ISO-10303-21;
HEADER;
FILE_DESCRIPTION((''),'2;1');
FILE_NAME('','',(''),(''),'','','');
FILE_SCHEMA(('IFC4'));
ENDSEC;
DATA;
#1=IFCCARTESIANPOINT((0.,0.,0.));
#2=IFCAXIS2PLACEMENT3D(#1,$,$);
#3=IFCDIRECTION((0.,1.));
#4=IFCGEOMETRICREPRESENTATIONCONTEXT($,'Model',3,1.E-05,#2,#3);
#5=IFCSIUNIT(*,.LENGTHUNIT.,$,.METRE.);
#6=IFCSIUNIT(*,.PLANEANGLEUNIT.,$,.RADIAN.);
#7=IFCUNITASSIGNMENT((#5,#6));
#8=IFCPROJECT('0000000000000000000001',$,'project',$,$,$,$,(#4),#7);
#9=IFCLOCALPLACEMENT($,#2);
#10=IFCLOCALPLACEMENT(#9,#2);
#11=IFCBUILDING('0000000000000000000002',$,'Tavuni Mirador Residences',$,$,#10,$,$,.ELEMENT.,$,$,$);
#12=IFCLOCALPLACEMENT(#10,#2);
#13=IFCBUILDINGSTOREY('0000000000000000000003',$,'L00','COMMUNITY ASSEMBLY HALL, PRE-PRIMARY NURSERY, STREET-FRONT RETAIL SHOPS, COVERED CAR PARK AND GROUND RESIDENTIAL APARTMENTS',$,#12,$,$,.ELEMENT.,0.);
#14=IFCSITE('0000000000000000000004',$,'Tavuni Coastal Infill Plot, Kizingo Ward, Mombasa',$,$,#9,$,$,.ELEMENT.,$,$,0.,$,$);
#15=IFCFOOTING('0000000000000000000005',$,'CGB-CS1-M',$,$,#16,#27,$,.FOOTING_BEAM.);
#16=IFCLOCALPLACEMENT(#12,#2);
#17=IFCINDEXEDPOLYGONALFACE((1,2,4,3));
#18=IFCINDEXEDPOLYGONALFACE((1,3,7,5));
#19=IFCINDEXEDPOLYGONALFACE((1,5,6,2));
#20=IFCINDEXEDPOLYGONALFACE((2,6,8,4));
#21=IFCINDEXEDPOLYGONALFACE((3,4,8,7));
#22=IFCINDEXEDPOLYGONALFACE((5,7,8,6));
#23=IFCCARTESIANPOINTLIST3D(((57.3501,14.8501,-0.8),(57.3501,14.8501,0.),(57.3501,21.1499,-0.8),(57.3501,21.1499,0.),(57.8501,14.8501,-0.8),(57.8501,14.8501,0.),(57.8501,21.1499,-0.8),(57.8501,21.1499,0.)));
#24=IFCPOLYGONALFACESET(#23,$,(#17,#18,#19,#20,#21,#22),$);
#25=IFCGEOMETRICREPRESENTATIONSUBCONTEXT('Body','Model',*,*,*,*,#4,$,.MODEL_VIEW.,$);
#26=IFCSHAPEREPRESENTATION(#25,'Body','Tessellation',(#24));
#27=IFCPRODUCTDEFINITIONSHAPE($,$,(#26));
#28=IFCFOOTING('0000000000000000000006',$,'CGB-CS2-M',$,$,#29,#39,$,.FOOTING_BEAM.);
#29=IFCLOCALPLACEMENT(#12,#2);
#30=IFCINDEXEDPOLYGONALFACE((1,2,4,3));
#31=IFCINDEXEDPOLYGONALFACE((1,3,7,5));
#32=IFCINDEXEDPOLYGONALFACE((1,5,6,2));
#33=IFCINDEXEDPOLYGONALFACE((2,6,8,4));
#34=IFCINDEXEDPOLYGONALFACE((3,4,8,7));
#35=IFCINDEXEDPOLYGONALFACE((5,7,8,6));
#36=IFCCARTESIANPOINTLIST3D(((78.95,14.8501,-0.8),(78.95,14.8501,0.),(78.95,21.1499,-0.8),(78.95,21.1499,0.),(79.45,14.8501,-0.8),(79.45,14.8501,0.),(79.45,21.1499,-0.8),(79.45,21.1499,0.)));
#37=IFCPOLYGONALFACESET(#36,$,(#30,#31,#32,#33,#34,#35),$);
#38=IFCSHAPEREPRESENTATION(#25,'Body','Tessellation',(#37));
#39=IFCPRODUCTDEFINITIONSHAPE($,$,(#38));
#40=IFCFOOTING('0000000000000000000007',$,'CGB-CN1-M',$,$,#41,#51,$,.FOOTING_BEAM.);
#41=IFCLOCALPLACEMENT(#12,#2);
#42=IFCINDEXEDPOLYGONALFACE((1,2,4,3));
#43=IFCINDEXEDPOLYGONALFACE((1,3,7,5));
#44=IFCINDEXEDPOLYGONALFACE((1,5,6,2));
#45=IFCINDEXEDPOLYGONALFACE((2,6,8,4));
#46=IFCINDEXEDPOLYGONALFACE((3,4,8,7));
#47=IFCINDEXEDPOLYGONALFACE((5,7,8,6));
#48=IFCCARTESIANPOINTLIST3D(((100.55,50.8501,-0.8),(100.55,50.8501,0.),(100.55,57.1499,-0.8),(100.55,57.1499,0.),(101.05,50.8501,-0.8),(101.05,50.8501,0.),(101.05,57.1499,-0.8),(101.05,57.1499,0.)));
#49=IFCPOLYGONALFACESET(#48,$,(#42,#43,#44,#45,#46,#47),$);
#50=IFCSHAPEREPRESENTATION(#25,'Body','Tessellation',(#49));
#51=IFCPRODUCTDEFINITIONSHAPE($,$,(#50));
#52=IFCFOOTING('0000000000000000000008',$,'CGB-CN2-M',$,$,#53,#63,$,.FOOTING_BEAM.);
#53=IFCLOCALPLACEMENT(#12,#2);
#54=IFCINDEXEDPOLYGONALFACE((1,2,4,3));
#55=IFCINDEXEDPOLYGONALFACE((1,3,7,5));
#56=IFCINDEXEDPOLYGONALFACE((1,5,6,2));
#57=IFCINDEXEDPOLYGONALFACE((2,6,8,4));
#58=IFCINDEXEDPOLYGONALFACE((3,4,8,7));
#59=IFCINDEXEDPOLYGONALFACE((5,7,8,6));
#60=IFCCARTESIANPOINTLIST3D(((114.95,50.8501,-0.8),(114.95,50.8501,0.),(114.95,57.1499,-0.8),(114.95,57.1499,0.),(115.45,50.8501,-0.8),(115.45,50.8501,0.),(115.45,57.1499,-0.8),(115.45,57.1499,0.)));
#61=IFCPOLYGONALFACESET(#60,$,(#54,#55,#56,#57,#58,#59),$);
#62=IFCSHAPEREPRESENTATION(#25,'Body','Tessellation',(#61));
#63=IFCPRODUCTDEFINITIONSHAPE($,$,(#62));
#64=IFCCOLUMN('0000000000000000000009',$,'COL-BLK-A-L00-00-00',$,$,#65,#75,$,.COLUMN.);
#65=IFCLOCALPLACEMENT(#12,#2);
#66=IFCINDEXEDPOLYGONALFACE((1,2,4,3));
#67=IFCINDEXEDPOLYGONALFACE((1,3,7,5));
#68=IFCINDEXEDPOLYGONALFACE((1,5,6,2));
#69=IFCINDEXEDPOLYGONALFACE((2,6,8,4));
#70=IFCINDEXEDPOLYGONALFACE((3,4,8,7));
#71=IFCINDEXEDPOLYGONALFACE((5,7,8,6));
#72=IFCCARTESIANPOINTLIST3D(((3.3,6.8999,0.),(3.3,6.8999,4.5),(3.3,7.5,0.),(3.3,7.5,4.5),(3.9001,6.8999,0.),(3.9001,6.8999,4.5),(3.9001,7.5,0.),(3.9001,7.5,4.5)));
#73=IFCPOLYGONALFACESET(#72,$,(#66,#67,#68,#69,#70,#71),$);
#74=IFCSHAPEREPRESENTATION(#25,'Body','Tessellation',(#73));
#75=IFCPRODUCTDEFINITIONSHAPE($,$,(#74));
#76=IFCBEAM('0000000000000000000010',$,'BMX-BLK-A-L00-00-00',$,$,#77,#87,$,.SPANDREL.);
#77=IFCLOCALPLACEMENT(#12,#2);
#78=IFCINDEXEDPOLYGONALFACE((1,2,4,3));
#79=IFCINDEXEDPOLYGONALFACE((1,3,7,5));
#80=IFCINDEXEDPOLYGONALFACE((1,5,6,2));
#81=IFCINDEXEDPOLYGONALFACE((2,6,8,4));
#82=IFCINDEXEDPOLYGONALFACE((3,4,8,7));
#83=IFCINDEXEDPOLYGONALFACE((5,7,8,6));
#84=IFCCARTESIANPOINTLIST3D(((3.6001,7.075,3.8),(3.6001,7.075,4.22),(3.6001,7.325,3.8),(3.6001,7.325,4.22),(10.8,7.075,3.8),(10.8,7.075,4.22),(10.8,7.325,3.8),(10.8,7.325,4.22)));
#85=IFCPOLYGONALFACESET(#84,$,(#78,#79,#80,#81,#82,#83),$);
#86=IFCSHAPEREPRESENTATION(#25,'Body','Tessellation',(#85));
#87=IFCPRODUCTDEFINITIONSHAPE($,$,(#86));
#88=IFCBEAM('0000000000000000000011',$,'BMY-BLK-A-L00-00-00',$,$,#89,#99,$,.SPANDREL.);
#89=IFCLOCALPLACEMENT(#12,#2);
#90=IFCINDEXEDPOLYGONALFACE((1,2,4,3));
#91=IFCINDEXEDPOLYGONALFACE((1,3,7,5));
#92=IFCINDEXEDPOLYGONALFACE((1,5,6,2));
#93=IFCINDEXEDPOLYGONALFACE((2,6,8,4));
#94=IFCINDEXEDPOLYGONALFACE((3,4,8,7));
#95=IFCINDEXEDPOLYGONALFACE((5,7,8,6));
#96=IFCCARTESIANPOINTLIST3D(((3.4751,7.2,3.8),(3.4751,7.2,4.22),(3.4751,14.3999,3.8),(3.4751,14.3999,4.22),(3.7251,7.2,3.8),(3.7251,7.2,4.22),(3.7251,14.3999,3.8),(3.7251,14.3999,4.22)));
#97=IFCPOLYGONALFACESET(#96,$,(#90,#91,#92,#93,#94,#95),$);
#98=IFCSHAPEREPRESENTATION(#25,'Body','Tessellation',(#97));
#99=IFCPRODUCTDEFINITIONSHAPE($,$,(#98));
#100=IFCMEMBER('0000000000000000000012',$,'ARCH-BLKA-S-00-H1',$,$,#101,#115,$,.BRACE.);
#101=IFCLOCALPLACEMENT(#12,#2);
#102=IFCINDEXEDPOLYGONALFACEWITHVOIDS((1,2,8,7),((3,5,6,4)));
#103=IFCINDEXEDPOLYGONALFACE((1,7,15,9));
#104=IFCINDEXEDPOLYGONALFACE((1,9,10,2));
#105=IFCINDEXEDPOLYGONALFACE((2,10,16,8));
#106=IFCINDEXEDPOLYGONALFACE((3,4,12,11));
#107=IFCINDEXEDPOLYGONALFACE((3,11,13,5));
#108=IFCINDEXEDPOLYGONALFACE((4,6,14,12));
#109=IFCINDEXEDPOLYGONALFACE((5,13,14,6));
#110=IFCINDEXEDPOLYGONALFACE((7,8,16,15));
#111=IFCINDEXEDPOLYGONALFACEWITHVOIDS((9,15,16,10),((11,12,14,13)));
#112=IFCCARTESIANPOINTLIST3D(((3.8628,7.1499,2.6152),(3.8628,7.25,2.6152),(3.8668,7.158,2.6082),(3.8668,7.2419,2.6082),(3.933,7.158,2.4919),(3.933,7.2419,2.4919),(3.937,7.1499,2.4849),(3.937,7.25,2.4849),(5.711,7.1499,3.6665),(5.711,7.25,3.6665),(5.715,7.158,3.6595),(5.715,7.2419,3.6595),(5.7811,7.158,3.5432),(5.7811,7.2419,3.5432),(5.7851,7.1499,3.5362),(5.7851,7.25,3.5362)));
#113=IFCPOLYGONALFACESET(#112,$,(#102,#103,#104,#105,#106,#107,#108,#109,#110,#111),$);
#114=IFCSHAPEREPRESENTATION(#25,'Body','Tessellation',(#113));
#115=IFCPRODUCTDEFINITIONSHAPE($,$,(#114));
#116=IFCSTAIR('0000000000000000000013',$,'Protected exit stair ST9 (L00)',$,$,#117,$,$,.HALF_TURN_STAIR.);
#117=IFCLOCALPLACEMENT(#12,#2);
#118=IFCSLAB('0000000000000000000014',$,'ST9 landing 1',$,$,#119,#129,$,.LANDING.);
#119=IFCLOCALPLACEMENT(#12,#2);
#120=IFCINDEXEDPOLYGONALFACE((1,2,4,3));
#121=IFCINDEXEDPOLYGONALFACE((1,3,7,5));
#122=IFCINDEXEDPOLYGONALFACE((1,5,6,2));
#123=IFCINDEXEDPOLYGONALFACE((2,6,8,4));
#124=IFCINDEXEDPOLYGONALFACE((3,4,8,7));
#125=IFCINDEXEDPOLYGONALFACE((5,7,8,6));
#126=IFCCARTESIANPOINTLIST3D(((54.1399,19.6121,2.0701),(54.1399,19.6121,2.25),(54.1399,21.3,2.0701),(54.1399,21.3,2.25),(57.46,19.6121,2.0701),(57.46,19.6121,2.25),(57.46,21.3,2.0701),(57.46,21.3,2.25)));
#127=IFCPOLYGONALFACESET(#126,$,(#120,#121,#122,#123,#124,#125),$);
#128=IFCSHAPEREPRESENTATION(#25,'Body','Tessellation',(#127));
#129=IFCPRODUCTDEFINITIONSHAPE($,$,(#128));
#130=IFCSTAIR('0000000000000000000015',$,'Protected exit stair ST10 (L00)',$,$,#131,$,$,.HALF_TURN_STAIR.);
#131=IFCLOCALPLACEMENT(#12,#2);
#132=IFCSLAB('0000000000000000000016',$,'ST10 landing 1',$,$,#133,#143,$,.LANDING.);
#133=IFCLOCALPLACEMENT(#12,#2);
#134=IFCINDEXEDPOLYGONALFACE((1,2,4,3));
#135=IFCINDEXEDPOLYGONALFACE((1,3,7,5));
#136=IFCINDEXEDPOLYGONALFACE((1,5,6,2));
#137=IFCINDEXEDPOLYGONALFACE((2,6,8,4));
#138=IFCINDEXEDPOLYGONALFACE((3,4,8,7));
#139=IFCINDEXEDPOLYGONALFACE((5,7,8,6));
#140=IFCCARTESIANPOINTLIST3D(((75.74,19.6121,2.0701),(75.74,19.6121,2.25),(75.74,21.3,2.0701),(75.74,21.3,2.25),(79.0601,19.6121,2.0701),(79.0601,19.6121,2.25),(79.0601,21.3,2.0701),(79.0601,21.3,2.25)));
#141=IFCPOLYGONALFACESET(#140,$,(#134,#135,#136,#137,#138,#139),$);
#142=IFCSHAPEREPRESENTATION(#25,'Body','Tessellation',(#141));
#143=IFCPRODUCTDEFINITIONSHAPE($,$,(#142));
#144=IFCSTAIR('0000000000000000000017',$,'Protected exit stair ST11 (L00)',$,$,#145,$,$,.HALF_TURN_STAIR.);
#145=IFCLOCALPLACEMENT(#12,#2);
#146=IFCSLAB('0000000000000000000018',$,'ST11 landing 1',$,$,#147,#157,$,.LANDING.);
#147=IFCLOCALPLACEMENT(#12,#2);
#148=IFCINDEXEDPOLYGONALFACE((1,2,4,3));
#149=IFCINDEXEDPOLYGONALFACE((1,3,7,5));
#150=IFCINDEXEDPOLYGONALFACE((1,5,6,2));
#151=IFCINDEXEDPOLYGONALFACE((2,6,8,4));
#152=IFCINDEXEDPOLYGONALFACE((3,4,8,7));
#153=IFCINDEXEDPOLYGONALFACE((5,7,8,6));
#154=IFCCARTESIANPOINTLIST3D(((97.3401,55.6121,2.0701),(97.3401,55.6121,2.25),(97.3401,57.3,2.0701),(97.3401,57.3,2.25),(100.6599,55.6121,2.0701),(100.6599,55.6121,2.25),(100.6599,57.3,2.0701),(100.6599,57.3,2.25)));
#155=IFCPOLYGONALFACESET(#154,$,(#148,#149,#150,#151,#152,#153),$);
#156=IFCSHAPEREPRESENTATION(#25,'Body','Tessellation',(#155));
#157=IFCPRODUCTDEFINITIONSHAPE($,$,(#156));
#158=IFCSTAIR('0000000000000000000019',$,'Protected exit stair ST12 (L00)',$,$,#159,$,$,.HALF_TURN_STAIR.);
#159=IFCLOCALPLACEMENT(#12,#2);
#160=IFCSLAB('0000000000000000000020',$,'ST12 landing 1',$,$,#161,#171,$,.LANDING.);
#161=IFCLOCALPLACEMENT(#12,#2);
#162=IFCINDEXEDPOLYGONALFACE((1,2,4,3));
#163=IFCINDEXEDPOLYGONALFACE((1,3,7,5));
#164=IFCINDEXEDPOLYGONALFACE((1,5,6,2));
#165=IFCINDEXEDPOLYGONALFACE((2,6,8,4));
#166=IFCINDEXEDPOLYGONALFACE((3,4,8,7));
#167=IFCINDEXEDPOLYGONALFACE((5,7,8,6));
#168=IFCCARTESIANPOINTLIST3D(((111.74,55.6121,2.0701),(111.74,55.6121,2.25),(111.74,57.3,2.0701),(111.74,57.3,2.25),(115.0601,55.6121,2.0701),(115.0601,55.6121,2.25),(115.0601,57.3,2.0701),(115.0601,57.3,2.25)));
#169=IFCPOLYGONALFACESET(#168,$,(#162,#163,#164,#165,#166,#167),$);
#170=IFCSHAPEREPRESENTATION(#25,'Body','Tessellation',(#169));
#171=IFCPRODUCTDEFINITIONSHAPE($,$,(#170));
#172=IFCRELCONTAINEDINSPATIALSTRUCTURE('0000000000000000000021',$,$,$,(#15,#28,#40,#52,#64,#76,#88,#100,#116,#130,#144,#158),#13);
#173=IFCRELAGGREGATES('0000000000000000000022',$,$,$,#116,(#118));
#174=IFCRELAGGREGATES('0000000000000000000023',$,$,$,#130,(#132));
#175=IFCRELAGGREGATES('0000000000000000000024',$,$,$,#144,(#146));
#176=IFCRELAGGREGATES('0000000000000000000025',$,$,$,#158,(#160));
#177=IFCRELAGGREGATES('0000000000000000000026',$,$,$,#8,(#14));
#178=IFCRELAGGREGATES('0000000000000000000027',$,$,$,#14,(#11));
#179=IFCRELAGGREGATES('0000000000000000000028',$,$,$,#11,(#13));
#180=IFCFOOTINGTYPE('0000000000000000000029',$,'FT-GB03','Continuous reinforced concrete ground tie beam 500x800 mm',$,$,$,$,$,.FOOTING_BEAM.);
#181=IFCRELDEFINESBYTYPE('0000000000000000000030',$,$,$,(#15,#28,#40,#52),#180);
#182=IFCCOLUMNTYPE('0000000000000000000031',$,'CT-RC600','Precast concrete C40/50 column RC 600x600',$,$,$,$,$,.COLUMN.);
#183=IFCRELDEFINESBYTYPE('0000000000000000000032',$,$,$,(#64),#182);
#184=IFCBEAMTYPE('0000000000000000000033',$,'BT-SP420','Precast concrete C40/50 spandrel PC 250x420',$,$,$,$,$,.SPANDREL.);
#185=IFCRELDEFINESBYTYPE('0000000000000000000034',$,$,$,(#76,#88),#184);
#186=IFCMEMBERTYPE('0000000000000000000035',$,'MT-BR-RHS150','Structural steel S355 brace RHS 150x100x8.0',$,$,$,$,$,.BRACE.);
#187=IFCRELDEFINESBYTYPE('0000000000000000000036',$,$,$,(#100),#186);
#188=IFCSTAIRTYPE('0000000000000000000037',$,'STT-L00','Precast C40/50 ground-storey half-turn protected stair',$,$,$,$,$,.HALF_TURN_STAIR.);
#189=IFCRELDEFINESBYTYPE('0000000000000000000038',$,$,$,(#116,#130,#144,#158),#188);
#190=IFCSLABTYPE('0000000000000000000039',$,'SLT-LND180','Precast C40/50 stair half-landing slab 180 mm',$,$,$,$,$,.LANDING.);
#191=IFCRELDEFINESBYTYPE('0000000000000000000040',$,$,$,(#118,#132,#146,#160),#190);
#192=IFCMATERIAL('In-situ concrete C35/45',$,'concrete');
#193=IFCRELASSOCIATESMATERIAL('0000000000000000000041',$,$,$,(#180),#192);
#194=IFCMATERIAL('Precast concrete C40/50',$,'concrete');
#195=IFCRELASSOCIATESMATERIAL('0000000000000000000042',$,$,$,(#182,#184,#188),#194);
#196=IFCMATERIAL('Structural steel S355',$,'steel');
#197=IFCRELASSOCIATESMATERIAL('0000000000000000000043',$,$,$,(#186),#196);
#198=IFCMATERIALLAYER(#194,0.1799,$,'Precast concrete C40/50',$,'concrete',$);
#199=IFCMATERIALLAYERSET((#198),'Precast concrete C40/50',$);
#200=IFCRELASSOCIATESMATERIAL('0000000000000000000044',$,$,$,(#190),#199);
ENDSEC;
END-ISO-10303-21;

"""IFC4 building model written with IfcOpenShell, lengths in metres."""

from ifc_helpers import new_model, si_unit, direction, frame, origin, origin_2d, place, context, subcontext, project, spatial, polyline, rectangle, hollow_rectangle, outline, extrude, material, layer, layer_set, material_profile, profile_set, type_object, element, aggregate, save


model = new_model("IFC4")

# Units and contexts
model_context = context("Model", 3, precision=1e-05, world=origin(), true_north=direction((0.0, 1.0)))
body_context = subcontext(model_context, "Body", "Model", "MODEL_VIEW")
ifc_project = project(units=[si_unit("LENGTHUNIT", "METRE"), si_unit("PLANEANGLEUNIT", "RADIAN")], contexts=[model_context])

# Site, building, storey
site_placement = place(None, origin())
site = spatial("IfcSite", under=ifc_project, at=site_placement, Name="Tavuni Coastal Infill Plot, Kizingo Ward, Mombasa", CompositionType="ELEMENT", RefElevation=0.0)
building_placement = place(site_placement, origin())
building = spatial("IfcBuilding", under=site, at=building_placement, Name="Tavuni Mirador Residences", CompositionType="ELEMENT")
storey_placement = place(building_placement, origin())
storey = spatial("IfcBuildingStorey", under=building, at=storey_placement, Name="L00", Description="COMMUNITY ASSEMBLY HALL, PRE-PRIMARY NURSERY, STREET-FRONT RETAIL SHOPS, COVERED CAR PARK AND GROUND RESIDENTIAL APARTMENTS", CompositionType="ELEMENT", Elevation=0.0)

# Footings
ifc_material_1 = material(Name="In-situ concrete C35/45", Category="concrete")
footing_type = type_object("IfcFootingType", Name="FT-GB03", Description="Continuous reinforced concrete ground tie beam 500x800 mm", PredefinedType="FOOTING_BEAM", material=ifc_material_1)
footing_1_placement = place(storey_placement, frame((0.0, 0.0, -0.8)))
element("IfcFooting", 1, at=footing_1_placement, inside=storey, type_object=footing_type, Name="CGB-CS1-M", PredefinedType="FOOTING_BEAM", context=body_context, shape_type="SweptSolid", body=[
    extrude(outline(polyline([(57.3501, 14.8501), (57.8501, 14.8501), (57.8501, 21.1499), (57.3501, 21.1499), (57.3501, 14.8501)])), origin(), (0.0, 0.0, 1.0), 0.8),
])
footing_2_placement = place(storey_placement, frame((0.0, 0.0, -0.8)))
element("IfcFooting", 2, at=footing_2_placement, inside=storey, type_object=footing_type, Name="CGB-CS2-M", PredefinedType="FOOTING_BEAM", context=body_context, shape_type="SweptSolid", body=[
    extrude(outline(polyline([(78.95, 14.8501), (79.45, 14.8501), (79.45, 21.1499), (78.95, 21.1499), (78.95, 14.8501)])), origin(), (0.0, 0.0, 1.0), 0.8),
])
footing_3_placement = place(storey_placement, frame((0.0, 0.0, -0.8)))
element("IfcFooting", 3, at=footing_3_placement, inside=storey, type_object=footing_type, Name="CGB-CN1-M", PredefinedType="FOOTING_BEAM", context=body_context, shape_type="SweptSolid", body=[
    extrude(outline(polyline([(100.55, 50.8501), (101.05, 50.8501), (101.05, 57.1499), (100.55, 57.1499), (100.55, 50.8501)])), origin(), (0.0, 0.0, 1.0), 0.8),
])
footing_4_placement = place(storey_placement, frame((0.0, 0.0, -0.8)))
element("IfcFooting", 4, at=footing_4_placement, inside=storey, type_object=footing_type, Name="CGB-CN2-M", PredefinedType="FOOTING_BEAM", context=body_context, shape_type="SweptSolid", body=[
    extrude(outline(polyline([(114.95, 50.8501), (115.45, 50.8501), (115.45, 57.1499), (114.95, 57.1499), (114.95, 50.8501)])), origin(), (0.0, 0.0, 1.0), 0.8),
])

# Column
ifc_material_2 = material(Name="Precast concrete C40/50", Category="concrete")
ifc_material_profile_1 = material_profile(ifc_material_2, rectangle(XDim=0.6001, YDim=0.6001, at=origin_2d()), Name="RC 600x600", Category="concrete")
ifc_profile_set_1 = profile_set([ifc_material_profile_1], Name="Precast concrete C40/50")
column_type = type_object("IfcColumnType", Name="CT-RC600", Description="Precast concrete C40/50 column RC 600x600", PredefinedType="COLUMN", material=ifc_profile_set_1)
column_placement = place(storey_placement, frame((3.6001, 7.2, 0.0), z_axis=(0.0, 0.0, 1.0), x_axis=(1.0, 0.0, 0.0)))
element("IfcColumn", 5, at=column_placement, inside=storey, type_object=column_type, Name="COL-BLK-A-L00-00-00", PredefinedType="COLUMN", context=body_context, shape_type="SweptSolid", body=[
    extrude(rectangle(XDim=0.6001, YDim=0.6001, at=origin_2d()), origin(), (0.0, 0.0, 1.0), 4.5),
])

# Beams
ifc_material_profile_2 = material_profile(ifc_material_2, rectangle(XDim=0.25, YDim=0.4199, at=origin_2d()), Name="PC 250x420", Category="concrete")
ifc_profile_set_2 = profile_set([ifc_material_profile_2], Name="Precast concrete C40/50")
beam_type = type_object("IfcBeamType", Name="BT-SP420", Description="Precast concrete C40/50 spandrel PC 250x420", PredefinedType="SPANDREL", material=ifc_profile_set_2)
for number, where, z_axis, x_axis, name in (
    (6, (3.6001, 7.2, 4.01), (1.0, 0.0, 0.0), (0.0, 1.0, 0.0), "BMX-BLK-A-L00-00-00"),
    (7, (3.6001, 7.2, 4.01), (0.0, 1.0, 0.0), (-1.0, 0.0, 0.0), "BMY-BLK-A-L00-00-00"),
):
    element("IfcBeam", number, at=place(storey_placement, frame(where, z_axis=z_axis, x_axis=x_axis)), inside=storey, type_object=beam_type, Name=name, PredefinedType="SPANDREL", context=body_context, shape_type="SweptSolid", body=[
        extrude(rectangle(XDim=0.25, YDim=0.4199, at=origin_2d()), origin(), (0.0, 0.0, 1.0), 7.2),
    ])

# Member
ifc_material_3 = material(Name="Structural steel S355", Category="steel")
ifc_material_profile_3 = material_profile(ifc_material_3, hollow_rectangle(XDim=0.1001, YDim=0.1499, WallThickness=0.0081, at=origin_2d()), Name="RHS 150x100x8.0", Category="steel")
ifc_profile_set_3 = profile_set([ifc_material_profile_3], Name="Structural steel S355")
member_type = type_object("IfcMemberType", Name="MT-BR-RHS150", Description="Structural steel S355 brace RHS 150x100x8.0", PredefinedType="BRACE", material=ifc_profile_set_3)
member_placement = place(storey_placement, frame((3.8999, 7.2, 2.55), z_axis=(0.869217, 0.0, 0.494432), x_axis=(0.0, 1.0, 0.0)))
element("IfcMember", 8, at=member_placement, inside=storey, type_object=member_type, Name="ARCH-BLKA-S-00-H1", PredefinedType="BRACE", context=body_context, shape_type="SweptSolid", body=[
    extrude(hollow_rectangle(XDim=0.1001, YDim=0.1499, WallThickness=0.0081, at=origin_2d()), origin(), (0.0, 0.0, 1.0), 2.1262),
])

# Stairs, slabs
stair_type = type_object("IfcStairType", Name="STT-L00", Description="Precast C40/50 ground-storey half-turn protected stair", PredefinedType="HALF_TURN_STAIR", material=ifc_material_2)
stair_1_placement = place(storey_placement, origin())
stair_1 = element("IfcStair", 9, at=stair_1_placement, inside=storey, type_object=stair_type, Name="Protected exit stair ST9 (L00)", PredefinedType="HALF_TURN_STAIR")
ifc_layer_1 = layer(ifc_material_2, 0.1799, Name="Precast concrete C40/50", Category="concrete")
ifc_layer_set_1 = layer_set([ifc_layer_1], Name="Precast concrete C40/50")
slab_type = type_object("IfcSlabType", Name="SLT-LND180", Description="Precast C40/50 stair half-landing slab 180 mm", PredefinedType="LANDING", material=ifc_layer_set_1)
slab_1_placement = place(storey_placement, frame((0.0, 0.0, 2.0701)))
slab_1 = element("IfcSlab", 10, at=slab_1_placement, type_object=slab_type, Name="ST9 landing 1", PredefinedType="LANDING", context=body_context, shape_type="SweptSolid", body=[
    extrude(outline(polyline([(54.1399, 19.6121), (57.46, 19.6121), (57.46, 21.3), (54.1399, 21.3), (54.1399, 19.6121)])), origin(), (0.0, 0.0, 1.0), 0.1799),
])
aggregate(stair_1, [slab_1])
stair_2_placement = place(storey_placement, origin())
stair_2 = element("IfcStair", 11, at=stair_2_placement, inside=storey, type_object=stair_type, Name="Protected exit stair ST10 (L00)", PredefinedType="HALF_TURN_STAIR")
slab_2_placement = place(storey_placement, frame((0.0, 0.0, 2.0701)))
slab_2 = element("IfcSlab", 12, at=slab_2_placement, type_object=slab_type, Name="ST10 landing 1", PredefinedType="LANDING", context=body_context, shape_type="SweptSolid", body=[
    extrude(outline(polyline([(75.74, 19.6121), (79.0601, 19.6121), (79.0601, 21.3), (75.74, 21.3), (75.74, 19.6121)])), origin(), (0.0, 0.0, 1.0), 0.1799),
])
aggregate(stair_2, [slab_2])
stair_3_placement = place(storey_placement, origin())
stair_3 = element("IfcStair", 13, at=stair_3_placement, inside=storey, type_object=stair_type, Name="Protected exit stair ST11 (L00)", PredefinedType="HALF_TURN_STAIR")
slab_3_placement = place(storey_placement, frame((0.0, 0.0, 2.0701)))
slab_3 = element("IfcSlab", 14, at=slab_3_placement, type_object=slab_type, Name="ST11 landing 1", PredefinedType="LANDING", context=body_context, shape_type="SweptSolid", body=[
    extrude(outline(polyline([(97.3401, 55.6121), (100.6599, 55.6121), (100.6599, 57.3), (97.3401, 57.3), (97.3401, 55.6121)])), origin(), (0.0, 0.0, 1.0), 0.1799),
])
aggregate(stair_3, [slab_3])
stair_4_placement = place(storey_placement, origin())
stair_4 = element("IfcStair", 15, at=stair_4_placement, inside=storey, type_object=stair_type, Name="Protected exit stair ST12 (L00)", PredefinedType="HALF_TURN_STAIR")
slab_4_placement = place(storey_placement, frame((0.0, 0.0, 2.0701)))
slab_4 = element("IfcSlab", 16, at=slab_4_placement, type_object=slab_type, Name="ST12 landing 1", PredefinedType="LANDING", context=body_context, shape_type="SweptSolid", body=[
    extrude(outline(polyline([(111.74, 55.6121), (115.0601, 55.6121), (115.0601, 57.3), (111.74, 57.3), (111.74, 55.6121)])), origin(), (0.0, 0.0, 1.0), 0.1799),
])
aggregate(stair_4, [slab_4])

save(model, "model.ifc")
